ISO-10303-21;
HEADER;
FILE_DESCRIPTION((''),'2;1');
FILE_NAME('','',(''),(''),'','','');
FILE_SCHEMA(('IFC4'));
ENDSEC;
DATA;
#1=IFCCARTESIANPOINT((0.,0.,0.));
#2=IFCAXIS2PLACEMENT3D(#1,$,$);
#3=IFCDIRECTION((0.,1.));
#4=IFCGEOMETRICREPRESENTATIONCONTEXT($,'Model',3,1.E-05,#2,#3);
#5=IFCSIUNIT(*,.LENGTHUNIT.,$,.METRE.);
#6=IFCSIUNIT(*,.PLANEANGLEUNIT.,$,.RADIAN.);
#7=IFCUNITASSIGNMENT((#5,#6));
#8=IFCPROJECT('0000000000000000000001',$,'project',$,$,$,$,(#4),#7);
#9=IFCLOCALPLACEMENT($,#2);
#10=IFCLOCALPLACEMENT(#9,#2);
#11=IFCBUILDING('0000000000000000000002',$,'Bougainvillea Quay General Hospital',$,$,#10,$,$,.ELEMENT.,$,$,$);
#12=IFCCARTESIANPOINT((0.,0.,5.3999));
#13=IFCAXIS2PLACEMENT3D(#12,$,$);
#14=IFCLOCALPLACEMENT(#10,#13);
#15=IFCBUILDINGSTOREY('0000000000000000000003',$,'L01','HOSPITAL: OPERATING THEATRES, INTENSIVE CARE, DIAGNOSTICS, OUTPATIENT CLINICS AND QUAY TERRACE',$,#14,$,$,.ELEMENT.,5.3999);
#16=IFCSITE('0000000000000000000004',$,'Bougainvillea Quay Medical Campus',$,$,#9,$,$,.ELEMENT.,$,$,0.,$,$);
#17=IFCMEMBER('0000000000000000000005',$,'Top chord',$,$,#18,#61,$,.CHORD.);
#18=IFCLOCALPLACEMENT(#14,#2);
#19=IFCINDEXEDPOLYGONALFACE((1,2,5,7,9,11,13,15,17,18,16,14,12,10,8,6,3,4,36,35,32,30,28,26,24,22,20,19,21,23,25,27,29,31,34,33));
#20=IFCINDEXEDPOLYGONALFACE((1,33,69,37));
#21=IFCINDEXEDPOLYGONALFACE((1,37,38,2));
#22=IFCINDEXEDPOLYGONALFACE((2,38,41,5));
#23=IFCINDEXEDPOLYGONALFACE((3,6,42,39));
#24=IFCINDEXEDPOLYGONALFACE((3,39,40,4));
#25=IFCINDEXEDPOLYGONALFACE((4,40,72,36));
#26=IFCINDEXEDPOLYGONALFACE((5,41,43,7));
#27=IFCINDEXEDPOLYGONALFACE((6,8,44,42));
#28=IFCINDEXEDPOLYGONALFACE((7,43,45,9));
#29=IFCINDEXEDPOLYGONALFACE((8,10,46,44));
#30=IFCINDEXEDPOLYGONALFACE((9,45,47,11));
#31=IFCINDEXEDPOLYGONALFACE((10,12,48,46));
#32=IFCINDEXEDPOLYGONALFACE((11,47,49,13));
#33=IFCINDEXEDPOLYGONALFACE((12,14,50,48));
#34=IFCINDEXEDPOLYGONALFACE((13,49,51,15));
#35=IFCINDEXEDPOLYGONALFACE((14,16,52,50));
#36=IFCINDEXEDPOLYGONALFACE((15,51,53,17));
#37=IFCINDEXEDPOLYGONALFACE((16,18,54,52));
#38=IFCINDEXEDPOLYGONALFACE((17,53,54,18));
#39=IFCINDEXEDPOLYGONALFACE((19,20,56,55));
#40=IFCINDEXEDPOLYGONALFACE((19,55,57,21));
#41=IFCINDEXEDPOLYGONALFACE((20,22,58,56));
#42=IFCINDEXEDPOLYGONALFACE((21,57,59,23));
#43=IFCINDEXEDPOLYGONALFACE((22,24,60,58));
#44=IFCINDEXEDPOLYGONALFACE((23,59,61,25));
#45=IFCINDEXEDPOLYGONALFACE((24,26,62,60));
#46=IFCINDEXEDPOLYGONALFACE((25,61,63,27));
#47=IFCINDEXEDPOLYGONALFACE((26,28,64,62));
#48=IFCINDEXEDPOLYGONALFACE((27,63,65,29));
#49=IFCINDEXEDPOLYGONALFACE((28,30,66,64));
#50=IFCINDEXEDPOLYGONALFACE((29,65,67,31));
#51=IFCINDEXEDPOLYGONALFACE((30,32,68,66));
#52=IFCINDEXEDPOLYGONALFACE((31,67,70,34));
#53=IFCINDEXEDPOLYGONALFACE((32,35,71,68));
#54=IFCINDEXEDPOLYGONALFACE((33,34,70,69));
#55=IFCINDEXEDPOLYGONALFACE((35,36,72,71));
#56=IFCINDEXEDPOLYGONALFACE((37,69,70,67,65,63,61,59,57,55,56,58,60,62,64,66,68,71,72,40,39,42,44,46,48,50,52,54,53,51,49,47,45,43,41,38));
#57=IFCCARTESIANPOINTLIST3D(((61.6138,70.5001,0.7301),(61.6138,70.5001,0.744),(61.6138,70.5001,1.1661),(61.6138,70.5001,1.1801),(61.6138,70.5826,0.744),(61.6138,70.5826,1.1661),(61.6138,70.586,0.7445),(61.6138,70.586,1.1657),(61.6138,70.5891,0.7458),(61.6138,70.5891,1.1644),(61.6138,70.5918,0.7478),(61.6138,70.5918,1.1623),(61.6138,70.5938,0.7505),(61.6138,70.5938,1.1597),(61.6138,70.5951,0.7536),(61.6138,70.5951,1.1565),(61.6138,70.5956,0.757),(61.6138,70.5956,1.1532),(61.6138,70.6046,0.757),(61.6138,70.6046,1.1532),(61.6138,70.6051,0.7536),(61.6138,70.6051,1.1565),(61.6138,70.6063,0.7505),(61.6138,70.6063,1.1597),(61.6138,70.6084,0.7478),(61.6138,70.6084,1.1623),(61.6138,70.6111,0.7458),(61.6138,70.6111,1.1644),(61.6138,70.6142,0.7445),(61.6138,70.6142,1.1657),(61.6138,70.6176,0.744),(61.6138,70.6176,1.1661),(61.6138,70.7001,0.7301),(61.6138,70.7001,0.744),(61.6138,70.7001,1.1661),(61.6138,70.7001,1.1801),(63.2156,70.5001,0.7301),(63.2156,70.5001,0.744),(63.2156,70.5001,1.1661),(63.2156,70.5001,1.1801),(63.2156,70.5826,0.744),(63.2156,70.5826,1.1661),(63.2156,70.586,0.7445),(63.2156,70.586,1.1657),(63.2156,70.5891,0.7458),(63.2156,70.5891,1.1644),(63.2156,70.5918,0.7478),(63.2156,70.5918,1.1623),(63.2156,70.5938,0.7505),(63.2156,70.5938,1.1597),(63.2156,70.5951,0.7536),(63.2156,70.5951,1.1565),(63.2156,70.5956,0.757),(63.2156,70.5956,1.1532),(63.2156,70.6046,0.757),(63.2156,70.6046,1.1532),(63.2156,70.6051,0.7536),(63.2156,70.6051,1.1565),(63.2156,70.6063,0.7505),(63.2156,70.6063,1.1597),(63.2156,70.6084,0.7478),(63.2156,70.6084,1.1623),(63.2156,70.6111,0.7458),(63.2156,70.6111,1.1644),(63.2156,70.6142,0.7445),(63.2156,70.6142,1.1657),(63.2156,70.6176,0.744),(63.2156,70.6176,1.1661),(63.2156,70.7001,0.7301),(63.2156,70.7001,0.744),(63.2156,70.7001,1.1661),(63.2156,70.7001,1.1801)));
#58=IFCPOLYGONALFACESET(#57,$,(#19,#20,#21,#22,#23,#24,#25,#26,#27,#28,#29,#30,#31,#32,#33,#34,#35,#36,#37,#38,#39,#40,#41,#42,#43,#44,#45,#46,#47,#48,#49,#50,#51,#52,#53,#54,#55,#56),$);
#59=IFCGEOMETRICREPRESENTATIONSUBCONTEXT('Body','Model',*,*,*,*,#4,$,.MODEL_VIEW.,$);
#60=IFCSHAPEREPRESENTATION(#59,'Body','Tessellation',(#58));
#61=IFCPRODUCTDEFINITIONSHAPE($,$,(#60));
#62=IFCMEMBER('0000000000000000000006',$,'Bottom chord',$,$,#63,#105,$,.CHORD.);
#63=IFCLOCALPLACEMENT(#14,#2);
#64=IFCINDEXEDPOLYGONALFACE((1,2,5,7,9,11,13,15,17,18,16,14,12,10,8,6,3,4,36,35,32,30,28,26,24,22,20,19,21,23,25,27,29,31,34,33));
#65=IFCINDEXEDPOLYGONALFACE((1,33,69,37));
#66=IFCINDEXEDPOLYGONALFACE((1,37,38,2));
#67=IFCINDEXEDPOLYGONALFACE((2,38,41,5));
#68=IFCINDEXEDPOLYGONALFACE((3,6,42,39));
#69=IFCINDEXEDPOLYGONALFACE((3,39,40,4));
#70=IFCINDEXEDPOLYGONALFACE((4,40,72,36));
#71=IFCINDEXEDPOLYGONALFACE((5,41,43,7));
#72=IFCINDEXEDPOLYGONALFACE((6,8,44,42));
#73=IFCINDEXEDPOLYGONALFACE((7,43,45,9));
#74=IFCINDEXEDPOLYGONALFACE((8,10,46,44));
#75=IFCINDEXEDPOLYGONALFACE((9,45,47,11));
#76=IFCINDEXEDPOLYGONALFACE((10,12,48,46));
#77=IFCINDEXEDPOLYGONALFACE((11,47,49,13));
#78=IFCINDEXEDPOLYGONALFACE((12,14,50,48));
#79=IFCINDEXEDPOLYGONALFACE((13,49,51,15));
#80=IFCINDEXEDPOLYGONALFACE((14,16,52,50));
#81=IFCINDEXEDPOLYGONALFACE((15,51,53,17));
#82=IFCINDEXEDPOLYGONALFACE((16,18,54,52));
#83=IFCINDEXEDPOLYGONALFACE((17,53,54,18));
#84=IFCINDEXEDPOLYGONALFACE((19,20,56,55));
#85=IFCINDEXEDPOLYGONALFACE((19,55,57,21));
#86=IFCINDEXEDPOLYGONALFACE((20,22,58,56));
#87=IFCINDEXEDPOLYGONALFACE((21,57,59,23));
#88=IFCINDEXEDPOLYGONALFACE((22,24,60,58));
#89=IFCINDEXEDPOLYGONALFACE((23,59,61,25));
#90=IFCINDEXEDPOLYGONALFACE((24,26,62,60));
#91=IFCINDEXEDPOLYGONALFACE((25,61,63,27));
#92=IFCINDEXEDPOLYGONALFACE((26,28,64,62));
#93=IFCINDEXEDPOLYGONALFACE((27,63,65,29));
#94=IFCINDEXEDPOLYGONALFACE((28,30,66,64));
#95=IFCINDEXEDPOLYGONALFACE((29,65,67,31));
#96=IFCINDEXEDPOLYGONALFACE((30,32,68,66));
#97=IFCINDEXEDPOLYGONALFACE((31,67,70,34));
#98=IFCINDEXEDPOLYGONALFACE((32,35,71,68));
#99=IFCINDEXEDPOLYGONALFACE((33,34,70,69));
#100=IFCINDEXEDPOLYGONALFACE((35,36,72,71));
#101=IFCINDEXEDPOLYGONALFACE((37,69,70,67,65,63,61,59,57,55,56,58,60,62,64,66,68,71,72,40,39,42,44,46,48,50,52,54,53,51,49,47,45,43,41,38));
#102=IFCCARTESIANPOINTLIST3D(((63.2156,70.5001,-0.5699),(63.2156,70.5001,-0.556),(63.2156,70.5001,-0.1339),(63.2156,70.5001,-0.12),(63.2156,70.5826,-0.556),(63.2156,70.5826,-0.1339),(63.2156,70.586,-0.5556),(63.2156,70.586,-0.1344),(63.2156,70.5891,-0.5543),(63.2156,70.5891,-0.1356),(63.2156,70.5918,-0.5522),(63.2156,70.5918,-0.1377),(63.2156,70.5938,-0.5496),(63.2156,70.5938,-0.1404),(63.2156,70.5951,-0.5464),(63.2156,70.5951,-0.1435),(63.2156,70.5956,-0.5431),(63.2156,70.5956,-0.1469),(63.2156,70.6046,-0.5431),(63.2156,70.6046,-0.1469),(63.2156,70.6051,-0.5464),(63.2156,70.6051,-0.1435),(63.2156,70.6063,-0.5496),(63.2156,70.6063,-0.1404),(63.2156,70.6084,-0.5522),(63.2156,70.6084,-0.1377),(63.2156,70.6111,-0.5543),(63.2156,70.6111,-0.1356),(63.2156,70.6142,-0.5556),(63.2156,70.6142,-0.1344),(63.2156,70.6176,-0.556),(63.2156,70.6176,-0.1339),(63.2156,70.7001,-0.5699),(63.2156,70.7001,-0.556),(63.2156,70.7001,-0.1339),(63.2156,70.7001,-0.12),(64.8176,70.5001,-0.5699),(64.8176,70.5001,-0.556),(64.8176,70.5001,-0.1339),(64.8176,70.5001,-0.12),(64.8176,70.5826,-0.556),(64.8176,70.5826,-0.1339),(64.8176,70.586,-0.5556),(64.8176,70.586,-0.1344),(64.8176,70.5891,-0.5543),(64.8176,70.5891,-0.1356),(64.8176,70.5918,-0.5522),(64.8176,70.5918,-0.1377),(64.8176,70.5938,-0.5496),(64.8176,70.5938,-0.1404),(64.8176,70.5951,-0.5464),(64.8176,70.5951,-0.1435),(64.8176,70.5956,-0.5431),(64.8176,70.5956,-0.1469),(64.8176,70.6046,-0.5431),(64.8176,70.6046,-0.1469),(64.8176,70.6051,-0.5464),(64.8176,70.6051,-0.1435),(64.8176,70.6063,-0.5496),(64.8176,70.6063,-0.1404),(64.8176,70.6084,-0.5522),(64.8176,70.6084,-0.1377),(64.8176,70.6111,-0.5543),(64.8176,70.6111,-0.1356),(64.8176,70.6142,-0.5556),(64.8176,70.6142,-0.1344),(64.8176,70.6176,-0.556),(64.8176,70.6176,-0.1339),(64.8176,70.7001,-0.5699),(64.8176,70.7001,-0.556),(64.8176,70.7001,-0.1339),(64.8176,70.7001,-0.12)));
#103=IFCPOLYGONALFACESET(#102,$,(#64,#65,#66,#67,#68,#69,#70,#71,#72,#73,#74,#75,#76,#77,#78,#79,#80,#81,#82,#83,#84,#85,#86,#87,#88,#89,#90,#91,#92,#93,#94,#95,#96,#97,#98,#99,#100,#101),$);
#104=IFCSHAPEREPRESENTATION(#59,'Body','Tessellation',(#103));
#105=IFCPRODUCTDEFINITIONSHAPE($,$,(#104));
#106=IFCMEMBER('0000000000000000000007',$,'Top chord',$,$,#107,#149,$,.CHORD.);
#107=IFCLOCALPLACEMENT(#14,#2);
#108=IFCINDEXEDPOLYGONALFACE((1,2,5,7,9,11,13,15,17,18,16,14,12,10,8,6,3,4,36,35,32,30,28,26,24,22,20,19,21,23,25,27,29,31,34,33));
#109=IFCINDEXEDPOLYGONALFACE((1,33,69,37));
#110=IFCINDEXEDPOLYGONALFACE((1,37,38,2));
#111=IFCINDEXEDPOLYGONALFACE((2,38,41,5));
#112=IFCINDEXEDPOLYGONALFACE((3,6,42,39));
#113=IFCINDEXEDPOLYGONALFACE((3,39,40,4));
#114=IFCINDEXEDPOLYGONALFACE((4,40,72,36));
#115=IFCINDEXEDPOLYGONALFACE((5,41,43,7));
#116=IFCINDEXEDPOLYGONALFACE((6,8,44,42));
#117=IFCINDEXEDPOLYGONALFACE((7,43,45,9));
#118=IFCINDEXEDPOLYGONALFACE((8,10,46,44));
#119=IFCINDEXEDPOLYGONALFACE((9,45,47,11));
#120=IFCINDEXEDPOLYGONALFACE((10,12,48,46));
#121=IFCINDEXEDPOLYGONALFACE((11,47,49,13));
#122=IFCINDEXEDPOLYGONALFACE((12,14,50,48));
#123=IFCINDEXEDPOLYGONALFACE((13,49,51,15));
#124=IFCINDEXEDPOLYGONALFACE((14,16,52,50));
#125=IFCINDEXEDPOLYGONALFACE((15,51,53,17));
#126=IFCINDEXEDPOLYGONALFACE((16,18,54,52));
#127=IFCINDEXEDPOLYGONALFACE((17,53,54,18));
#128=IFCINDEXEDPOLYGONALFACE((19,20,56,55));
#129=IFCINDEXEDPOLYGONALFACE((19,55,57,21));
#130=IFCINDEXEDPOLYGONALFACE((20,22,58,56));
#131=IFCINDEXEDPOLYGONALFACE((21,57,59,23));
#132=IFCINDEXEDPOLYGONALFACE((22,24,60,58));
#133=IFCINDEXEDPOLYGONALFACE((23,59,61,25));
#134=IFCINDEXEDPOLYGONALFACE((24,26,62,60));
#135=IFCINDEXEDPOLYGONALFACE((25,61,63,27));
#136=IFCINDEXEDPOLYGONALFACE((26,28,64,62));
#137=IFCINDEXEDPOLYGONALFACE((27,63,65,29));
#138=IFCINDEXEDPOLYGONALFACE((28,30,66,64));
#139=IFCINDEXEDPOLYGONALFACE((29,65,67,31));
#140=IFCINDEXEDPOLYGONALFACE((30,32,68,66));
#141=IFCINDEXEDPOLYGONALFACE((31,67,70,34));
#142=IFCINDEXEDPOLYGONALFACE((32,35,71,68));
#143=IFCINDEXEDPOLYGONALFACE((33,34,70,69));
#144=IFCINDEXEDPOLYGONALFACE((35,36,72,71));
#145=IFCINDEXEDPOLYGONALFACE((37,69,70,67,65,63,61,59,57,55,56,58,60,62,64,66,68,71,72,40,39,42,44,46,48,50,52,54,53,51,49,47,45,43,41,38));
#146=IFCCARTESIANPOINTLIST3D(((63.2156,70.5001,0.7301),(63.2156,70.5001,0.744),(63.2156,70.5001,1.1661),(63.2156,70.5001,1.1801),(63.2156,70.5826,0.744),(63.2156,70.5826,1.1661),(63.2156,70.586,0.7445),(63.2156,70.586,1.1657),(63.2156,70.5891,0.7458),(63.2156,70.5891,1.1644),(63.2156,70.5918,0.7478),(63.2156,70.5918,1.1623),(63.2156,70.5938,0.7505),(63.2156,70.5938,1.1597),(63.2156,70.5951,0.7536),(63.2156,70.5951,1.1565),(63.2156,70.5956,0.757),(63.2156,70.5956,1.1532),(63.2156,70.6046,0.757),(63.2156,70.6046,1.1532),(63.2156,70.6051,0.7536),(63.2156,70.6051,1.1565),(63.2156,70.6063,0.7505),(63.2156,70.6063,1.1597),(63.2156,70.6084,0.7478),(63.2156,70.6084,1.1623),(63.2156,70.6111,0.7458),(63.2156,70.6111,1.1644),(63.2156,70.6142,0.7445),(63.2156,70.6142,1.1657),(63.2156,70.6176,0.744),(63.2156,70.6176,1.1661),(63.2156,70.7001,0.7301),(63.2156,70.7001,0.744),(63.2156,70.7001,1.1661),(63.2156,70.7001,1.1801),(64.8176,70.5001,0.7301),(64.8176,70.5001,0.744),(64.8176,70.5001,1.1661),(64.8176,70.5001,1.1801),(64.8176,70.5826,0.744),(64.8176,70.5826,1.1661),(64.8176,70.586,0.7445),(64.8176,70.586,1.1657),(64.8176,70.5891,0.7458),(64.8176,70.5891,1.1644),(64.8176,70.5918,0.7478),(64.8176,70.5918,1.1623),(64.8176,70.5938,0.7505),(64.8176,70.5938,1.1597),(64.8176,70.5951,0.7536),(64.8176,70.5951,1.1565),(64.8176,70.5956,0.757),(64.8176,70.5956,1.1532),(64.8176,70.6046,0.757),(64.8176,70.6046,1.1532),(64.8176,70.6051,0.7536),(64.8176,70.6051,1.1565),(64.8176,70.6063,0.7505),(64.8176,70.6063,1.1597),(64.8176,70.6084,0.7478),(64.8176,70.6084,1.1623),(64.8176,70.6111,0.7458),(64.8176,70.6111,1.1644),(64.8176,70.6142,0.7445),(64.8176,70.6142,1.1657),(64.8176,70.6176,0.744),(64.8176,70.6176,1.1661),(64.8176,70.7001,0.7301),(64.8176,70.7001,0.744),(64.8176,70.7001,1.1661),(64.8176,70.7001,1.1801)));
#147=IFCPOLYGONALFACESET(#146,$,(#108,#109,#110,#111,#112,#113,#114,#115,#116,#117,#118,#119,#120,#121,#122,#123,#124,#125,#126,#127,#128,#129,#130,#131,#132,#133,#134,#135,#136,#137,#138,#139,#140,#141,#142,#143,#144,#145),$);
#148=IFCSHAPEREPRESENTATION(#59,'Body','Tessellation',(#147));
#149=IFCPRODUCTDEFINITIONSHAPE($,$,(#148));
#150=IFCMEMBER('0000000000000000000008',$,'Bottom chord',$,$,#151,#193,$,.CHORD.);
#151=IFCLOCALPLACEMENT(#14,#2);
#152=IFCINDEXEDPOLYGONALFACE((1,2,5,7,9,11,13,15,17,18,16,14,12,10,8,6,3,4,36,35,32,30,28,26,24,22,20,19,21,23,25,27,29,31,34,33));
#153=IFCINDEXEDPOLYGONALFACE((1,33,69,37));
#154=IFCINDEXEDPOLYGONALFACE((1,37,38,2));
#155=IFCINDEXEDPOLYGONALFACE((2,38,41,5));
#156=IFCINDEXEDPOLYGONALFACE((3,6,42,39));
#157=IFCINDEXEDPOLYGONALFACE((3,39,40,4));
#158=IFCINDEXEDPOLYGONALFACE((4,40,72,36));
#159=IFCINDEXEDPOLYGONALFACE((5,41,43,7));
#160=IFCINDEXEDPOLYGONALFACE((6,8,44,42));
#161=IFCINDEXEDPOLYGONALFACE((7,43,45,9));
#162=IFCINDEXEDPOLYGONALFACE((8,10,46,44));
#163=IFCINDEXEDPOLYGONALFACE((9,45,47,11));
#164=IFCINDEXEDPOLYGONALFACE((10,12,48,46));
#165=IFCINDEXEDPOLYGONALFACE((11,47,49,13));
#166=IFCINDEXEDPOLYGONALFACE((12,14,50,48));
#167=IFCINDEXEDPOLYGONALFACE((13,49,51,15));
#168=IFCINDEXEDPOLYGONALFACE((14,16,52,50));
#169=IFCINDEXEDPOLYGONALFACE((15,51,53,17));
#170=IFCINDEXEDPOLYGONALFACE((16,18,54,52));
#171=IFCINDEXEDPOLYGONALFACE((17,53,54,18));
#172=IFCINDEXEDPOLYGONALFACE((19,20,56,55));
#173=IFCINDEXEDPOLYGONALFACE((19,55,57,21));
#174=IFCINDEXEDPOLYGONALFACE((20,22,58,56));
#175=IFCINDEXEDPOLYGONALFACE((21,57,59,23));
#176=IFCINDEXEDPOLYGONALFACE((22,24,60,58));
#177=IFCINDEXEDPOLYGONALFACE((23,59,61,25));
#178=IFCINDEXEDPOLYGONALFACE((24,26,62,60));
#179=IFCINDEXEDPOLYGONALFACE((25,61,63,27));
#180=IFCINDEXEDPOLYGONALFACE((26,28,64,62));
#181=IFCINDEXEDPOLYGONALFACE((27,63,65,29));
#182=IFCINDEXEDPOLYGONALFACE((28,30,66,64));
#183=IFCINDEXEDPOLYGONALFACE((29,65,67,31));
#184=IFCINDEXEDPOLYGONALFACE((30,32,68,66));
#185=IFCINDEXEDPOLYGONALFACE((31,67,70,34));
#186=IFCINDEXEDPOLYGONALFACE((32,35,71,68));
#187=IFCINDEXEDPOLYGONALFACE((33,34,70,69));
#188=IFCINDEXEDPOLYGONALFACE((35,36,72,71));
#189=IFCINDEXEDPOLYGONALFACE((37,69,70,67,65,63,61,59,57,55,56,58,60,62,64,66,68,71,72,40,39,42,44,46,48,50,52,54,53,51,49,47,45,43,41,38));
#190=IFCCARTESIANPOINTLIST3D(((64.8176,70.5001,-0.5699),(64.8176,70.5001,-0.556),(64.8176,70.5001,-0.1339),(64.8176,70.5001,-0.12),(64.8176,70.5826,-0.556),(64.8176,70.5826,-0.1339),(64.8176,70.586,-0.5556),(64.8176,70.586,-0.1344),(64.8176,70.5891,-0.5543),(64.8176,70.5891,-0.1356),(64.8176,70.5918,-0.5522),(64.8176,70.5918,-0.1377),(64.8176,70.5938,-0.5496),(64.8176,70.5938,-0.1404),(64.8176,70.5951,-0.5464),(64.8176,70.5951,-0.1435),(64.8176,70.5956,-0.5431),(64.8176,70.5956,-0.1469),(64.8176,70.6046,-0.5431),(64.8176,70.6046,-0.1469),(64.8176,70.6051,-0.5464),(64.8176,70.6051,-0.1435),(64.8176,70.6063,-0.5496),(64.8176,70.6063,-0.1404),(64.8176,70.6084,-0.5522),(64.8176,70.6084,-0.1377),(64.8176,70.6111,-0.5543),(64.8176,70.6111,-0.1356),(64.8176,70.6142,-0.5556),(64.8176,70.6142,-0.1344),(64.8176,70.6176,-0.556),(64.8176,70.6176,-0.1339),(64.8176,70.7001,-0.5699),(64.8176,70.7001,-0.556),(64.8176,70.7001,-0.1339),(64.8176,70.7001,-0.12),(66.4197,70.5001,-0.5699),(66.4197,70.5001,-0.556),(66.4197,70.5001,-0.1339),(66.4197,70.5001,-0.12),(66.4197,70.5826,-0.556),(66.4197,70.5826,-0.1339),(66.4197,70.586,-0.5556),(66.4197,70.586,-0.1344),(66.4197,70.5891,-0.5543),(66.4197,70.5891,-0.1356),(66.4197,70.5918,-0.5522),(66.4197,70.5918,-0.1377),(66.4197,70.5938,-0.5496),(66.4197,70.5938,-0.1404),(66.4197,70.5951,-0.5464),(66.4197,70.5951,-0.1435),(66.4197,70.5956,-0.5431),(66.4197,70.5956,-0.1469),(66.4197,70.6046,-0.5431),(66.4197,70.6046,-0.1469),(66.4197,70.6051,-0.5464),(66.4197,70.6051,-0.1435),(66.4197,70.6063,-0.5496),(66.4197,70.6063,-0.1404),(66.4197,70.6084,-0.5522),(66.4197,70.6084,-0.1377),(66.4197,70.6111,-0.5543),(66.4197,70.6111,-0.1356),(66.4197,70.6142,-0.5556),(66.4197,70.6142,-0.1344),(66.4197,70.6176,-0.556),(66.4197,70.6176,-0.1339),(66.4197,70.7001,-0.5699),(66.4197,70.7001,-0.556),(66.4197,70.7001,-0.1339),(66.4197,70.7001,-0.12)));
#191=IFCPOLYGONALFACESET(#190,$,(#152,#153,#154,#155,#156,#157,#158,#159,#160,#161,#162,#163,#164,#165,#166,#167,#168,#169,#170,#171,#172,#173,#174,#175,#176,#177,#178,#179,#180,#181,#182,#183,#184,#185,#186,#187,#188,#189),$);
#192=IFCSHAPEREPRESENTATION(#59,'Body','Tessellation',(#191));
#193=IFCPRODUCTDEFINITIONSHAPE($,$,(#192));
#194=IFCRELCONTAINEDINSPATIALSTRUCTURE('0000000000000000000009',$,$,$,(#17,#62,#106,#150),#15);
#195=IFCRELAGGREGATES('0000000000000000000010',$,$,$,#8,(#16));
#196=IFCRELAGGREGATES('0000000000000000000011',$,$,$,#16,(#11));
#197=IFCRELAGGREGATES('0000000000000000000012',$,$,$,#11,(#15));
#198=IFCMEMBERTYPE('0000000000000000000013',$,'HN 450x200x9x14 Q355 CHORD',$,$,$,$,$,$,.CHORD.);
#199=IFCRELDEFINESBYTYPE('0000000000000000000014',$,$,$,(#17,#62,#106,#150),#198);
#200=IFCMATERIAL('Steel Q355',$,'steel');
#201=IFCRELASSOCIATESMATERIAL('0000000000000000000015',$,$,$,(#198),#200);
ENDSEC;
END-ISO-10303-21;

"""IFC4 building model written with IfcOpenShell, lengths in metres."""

from ifc_helpers import new_model, si_unit, direction, frame, origin, origin_2d, place, context, subcontext, project, spatial, i_section, extrude, material, material_profile, profile_set, type_object, element, save


model = new_model("IFC4")

# Units and contexts
model_context = context("Model", 3, precision=1e-05, world=origin(), true_north=direction((0.0, 1.0)))
body_context = subcontext(model_context, "Body", "Model", "MODEL_VIEW")
ifc_project = project(units=[si_unit("LENGTHUNIT", "METRE"), si_unit("PLANEANGLEUNIT", "RADIAN")], contexts=[model_context])

# Site, building, storey
site_placement = place(None, origin())
site = spatial("IfcSite", under=ifc_project, at=site_placement, Name="Bougainvillea Quay Medical Campus", CompositionType="ELEMENT", RefElevation=0.0)
building_placement = place(site_placement, origin())
building = spatial("IfcBuilding", under=site, at=building_placement, Name="Bougainvillea Quay General Hospital", CompositionType="ELEMENT")
storey_placement = place(building_placement, frame((0.0, 0.0, 5.3999)))
storey = spatial("IfcBuildingStorey", under=building, at=storey_placement, Name="L01", Description="HOSPITAL: OPERATING THEATRES, INTENSIVE CARE, DIAGNOSTICS, OUTPATIENT CLINICS AND QUAY TERRACE", CompositionType="ELEMENT", Elevation=5.3999)

# Members
ifc_material_1 = material(Name="Steel Q355", Category="steel")
ifc_material_profile_1 = material_profile(ifc_material_1, i_section(OverallWidth=0.2, OverallDepth=0.45, WebThickness=0.009, FlangeThickness=0.0139, FilletRadius=0.0129, at=origin_2d()))
ifc_profile_set_1 = profile_set([ifc_material_profile_1], Name="Steel Q355")
member_type_1 = type_object("IfcMemberType", Name="HN 450x200x9x14 Q355 CHORD", PredefinedType="CHORD", material=ifc_profile_set_1)
for number, where, z_axis, x_axis, name in (
    (1, (61.6138, 70.6001, 0.9551), (1.0, 0.0, 0.0), (0.0, 1.0, 0.0), "Top chord"),
):
    element("IfcMember", number, at=place(storey_placement, frame(where, z_axis=z_axis, x_axis=x_axis)), inside=storey, type_object=member_type_1, Name=name, PredefinedType="CHORD", context=body_context, shape_type="SweptSolid", body=[
        extrude(i_section(OverallWidth=0.2, OverallDepth=0.45, WebThickness=0.009, FlangeThickness=0.0139, FilletRadius=0.0129, at=origin_2d()), origin(), (0.0, 0.0, 1.0), 1.6018),
    ])
for number, where, z_axis, x_axis, name in (
    (2, (63.2156, 70.6001, -0.345), (1.0, 0.0, 0.0), (0.0, 1.0, 0.0), "Bottom chord"),
    (3, (63.2156, 70.6001, 0.9551), (1.0, 0.0, 0.0), (0.0, 1.0, 0.0), "Top chord"),
    (4, (64.8176, 70.6001, -0.345), (1.0, 0.0, 0.0), (0.0, 1.0, 0.0), "Bottom chord"),
):
    element("IfcMember", number, at=place(storey_placement, frame(where, z_axis=z_axis, x_axis=x_axis)), inside=storey, type_object=member_type_1, Name=name, PredefinedType="CHORD", context=body_context, shape_type="SweptSolid", body=[
        extrude(i_section(OverallWidth=0.2, OverallDepth=0.45, WebThickness=0.009, FlangeThickness=0.0139, FilletRadius=0.0129, at=origin_2d()), origin(), (0.0, 0.0, 1.0), 1.6021),
    ])

save(model, "model.ifc")
